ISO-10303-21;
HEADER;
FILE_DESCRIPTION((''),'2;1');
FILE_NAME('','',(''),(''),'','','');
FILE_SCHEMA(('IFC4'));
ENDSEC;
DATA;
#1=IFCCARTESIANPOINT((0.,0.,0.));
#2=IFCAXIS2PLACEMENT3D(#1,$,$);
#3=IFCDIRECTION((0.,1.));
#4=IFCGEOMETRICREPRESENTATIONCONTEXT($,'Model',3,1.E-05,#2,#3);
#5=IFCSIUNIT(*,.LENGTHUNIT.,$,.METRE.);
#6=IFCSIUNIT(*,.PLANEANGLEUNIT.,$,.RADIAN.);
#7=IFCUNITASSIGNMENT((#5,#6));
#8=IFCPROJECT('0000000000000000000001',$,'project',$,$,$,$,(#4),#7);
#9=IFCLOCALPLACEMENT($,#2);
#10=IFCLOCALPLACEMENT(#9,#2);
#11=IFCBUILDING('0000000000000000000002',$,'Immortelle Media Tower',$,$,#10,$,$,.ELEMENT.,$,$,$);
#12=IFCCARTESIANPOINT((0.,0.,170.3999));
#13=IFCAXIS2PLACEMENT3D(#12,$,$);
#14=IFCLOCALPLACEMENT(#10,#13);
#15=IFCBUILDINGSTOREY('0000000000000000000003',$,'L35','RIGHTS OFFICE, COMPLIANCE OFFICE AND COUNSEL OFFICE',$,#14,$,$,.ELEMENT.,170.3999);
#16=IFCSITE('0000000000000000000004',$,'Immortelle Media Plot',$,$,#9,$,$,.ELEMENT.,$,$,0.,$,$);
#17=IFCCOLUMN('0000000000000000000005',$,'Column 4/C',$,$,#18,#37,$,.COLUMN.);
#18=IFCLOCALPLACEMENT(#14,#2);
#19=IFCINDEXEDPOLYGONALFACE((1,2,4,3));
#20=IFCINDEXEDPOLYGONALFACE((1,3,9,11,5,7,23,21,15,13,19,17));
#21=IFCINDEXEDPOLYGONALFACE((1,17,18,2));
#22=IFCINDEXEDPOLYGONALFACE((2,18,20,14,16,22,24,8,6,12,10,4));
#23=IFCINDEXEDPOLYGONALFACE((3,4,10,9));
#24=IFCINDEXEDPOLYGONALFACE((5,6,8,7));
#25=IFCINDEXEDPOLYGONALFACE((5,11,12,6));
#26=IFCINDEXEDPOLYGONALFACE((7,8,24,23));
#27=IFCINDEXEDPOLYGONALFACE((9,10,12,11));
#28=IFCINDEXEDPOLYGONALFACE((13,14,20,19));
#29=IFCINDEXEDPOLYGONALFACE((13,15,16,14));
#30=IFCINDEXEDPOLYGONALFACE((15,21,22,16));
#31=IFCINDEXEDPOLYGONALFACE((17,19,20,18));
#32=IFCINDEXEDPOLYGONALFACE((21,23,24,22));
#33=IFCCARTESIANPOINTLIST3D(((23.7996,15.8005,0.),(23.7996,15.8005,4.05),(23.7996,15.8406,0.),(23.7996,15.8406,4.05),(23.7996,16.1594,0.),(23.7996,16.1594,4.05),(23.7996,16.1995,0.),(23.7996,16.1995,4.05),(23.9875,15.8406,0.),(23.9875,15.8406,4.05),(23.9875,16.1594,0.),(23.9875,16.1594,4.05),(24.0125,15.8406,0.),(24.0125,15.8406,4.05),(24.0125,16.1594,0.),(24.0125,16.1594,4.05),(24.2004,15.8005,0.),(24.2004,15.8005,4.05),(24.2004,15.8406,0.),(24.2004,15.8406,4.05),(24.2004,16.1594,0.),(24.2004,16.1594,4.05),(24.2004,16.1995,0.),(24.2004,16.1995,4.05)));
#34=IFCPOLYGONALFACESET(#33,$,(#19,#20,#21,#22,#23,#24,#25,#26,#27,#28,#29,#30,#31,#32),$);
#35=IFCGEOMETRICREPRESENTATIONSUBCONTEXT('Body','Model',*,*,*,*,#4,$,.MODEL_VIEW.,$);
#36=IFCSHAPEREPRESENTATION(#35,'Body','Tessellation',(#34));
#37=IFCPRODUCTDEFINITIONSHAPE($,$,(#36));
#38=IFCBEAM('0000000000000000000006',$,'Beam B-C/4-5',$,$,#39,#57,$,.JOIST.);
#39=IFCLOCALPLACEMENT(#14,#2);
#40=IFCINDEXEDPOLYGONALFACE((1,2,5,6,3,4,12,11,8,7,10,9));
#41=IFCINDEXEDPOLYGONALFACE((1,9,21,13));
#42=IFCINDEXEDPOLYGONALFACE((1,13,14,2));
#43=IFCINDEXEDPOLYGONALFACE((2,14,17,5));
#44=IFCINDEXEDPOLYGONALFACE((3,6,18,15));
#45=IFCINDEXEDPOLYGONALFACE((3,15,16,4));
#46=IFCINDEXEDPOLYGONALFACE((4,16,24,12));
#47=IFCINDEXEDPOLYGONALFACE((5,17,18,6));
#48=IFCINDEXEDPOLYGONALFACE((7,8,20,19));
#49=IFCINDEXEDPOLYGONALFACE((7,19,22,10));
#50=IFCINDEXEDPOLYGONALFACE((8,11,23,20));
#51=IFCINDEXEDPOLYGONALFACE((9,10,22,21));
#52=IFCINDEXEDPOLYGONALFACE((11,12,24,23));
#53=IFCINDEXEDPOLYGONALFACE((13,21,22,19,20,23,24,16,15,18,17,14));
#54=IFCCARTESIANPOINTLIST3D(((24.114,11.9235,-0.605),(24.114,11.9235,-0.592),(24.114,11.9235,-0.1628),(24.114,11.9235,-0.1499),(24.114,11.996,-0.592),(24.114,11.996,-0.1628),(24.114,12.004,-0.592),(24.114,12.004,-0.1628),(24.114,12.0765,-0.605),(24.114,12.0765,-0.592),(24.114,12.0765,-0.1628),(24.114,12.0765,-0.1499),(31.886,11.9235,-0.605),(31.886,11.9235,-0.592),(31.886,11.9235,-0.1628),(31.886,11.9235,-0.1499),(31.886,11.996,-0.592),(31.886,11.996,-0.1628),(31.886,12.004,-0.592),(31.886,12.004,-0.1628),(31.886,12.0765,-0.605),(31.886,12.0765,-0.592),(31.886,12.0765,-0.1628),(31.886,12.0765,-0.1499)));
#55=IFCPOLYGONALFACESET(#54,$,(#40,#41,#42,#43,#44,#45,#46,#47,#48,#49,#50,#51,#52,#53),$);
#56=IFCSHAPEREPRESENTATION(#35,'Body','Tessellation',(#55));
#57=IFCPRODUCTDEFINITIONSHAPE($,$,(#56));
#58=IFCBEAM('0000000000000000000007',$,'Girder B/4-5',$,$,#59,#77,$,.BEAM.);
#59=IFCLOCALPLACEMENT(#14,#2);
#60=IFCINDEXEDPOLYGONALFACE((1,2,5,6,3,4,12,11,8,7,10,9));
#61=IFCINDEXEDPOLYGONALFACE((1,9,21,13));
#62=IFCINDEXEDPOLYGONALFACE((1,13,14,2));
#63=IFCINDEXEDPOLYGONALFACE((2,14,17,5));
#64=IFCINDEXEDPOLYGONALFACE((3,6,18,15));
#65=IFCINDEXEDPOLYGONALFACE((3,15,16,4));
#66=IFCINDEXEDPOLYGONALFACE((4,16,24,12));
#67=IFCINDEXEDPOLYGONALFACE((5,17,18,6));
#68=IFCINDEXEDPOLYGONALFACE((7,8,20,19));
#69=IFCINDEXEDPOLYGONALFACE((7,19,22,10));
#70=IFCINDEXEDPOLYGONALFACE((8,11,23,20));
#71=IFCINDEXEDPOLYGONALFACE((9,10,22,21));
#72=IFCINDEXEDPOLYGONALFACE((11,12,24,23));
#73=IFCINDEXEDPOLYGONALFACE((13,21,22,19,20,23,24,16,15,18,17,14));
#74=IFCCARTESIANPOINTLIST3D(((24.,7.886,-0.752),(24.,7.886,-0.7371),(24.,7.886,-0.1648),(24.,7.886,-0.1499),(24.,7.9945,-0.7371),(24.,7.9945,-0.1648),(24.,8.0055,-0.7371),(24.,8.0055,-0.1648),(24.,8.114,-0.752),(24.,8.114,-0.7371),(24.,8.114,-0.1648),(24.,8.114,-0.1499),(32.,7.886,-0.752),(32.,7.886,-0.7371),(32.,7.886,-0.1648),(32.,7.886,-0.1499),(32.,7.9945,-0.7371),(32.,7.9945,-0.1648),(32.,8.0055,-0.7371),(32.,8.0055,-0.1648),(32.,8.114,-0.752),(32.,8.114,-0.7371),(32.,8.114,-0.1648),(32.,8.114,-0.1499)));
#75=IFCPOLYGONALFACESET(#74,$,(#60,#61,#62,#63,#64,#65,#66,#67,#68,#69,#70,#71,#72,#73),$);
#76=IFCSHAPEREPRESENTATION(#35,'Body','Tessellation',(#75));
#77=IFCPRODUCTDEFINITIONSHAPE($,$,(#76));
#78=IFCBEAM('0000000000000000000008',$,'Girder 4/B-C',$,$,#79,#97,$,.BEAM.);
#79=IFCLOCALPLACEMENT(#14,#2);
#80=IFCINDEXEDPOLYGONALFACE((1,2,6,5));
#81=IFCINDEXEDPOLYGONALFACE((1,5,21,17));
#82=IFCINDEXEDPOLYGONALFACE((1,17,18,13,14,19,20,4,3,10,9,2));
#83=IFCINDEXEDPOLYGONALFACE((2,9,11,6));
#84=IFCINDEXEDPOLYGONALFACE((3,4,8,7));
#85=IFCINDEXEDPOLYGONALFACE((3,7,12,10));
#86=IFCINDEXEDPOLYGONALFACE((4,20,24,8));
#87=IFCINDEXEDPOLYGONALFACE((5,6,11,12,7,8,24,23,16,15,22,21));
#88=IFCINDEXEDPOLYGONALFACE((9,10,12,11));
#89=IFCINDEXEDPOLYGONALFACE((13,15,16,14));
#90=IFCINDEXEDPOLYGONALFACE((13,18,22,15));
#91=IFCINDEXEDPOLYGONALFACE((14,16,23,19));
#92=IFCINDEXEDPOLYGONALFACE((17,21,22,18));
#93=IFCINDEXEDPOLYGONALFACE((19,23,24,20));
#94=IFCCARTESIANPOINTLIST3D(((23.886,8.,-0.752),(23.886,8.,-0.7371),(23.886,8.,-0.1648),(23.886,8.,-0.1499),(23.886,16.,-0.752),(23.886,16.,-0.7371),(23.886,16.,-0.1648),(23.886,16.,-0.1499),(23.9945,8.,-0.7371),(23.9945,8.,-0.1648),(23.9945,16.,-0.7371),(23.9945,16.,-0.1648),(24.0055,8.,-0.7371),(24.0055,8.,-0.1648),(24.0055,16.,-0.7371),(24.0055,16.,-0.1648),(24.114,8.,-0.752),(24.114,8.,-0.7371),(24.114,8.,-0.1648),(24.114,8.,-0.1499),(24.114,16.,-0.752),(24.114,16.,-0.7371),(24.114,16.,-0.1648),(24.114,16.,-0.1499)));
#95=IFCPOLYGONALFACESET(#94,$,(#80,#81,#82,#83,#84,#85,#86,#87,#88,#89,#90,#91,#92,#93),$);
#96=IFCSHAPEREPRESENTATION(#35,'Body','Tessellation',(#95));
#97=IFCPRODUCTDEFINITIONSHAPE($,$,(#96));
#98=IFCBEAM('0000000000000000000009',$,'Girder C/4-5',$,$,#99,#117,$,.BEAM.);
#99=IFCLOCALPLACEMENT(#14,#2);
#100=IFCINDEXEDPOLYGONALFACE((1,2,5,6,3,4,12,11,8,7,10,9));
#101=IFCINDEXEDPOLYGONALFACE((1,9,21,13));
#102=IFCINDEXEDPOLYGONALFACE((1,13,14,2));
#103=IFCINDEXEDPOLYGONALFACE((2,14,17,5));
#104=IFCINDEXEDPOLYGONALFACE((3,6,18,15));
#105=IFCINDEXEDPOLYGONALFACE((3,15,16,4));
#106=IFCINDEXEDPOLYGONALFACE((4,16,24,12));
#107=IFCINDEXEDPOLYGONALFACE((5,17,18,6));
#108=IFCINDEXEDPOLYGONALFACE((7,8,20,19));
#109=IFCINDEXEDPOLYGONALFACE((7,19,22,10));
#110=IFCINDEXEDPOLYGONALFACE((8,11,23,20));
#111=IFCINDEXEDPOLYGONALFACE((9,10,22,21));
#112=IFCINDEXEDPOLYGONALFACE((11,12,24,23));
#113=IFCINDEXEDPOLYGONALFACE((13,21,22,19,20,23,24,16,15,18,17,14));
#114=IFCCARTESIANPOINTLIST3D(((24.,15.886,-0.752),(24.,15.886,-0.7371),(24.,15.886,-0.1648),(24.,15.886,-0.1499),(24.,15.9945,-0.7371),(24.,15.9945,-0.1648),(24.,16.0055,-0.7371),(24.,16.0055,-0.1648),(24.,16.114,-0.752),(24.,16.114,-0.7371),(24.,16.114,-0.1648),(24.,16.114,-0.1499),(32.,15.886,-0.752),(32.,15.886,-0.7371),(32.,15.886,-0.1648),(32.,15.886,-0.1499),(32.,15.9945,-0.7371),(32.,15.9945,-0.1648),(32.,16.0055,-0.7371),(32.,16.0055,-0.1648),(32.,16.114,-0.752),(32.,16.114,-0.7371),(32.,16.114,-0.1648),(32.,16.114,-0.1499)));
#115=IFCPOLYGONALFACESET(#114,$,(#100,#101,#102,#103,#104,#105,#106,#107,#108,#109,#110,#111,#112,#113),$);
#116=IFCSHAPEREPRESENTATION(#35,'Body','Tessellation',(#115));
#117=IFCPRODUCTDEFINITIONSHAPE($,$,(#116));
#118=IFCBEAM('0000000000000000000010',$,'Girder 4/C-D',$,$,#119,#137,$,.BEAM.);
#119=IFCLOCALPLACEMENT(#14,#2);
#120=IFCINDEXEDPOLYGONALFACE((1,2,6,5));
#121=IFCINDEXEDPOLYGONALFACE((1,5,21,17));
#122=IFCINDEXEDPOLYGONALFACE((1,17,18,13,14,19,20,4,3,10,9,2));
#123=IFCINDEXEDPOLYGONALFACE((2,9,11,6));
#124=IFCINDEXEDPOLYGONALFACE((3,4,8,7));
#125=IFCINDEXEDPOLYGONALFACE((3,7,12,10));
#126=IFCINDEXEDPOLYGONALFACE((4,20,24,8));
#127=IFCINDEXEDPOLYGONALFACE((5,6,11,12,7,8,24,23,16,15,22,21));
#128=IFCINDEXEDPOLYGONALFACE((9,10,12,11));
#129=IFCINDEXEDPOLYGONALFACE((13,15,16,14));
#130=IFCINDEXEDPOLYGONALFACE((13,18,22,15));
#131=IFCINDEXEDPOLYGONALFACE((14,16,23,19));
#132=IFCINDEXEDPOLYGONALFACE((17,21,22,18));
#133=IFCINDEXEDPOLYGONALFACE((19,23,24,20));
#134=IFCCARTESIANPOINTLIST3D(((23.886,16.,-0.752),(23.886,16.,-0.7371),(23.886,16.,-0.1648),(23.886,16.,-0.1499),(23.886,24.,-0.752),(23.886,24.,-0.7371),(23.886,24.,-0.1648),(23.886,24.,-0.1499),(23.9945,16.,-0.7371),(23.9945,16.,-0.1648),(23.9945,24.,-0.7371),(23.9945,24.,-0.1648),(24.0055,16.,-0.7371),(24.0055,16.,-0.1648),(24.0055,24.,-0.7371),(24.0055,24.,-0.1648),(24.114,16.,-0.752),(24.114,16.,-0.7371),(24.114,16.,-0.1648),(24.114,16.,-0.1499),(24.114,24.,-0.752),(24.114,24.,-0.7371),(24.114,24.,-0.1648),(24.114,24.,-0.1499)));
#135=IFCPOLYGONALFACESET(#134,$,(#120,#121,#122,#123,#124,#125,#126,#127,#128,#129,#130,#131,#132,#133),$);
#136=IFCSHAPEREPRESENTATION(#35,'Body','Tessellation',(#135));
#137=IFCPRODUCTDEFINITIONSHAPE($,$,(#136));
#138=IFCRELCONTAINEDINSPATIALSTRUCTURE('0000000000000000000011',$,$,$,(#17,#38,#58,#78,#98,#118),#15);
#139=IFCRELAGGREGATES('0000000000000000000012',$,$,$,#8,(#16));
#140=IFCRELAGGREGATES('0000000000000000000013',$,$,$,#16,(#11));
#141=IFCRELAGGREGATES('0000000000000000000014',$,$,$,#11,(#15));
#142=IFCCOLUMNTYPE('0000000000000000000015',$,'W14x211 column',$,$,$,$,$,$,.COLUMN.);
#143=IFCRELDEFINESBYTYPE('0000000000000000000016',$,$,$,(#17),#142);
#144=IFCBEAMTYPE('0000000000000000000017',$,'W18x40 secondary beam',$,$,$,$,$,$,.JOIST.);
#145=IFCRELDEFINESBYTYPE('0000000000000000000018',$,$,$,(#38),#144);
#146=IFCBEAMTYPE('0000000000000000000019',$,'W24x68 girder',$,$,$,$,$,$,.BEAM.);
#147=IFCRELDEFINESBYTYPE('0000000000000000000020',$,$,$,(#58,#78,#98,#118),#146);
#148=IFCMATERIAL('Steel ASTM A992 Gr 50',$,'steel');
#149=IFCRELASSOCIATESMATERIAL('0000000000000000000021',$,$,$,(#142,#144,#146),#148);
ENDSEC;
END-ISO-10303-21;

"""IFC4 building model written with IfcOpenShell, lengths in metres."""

from ifc_helpers import new_model, si_unit, direction, frame, origin, origin_2d, place, context, subcontext, project, spatial, i_section, extrude, material, material_profile, profile_set, type_object, element, save


model = new_model("IFC4")

# Units and contexts
model_context = context("Model", 3, precision=1e-05, world=origin(), true_north=direction((0.0, 1.0)))
body_context = subcontext(model_context, "Body", "Model", "MODEL_VIEW")
ifc_project = project(units=[si_unit("LENGTHUNIT", "METRE"), si_unit("PLANEANGLEUNIT", "RADIAN")], contexts=[model_context])

# Site, building, storey
site_placement = place(None, origin())
site = spatial("IfcSite", under=ifc_project, at=site_placement, Name="Immortelle Media Plot", CompositionType="ELEMENT", RefElevation=0.0)
building_placement = place(site_placement, origin())
building = spatial("IfcBuilding", under=site, at=building_placement, Name="Immortelle Media Tower", CompositionType="ELEMENT")
storey_placement = place(building_placement, frame((0.0, 0.0, 170.3999)))
storey = spatial("IfcBuildingStorey", under=building, at=storey_placement, Name="L35", Description="RIGHTS OFFICE, COMPLIANCE OFFICE AND COUNSEL OFFICE", CompositionType="ELEMENT", Elevation=170.3999)

# Column
ifc_material_1 = material(Name="Steel ASTM A992 Gr 50", Category="steel")
ifc_material_profile_1 = material_profile(ifc_material_1, i_section(OverallWidth=0.4009, OverallDepth=0.3989, WebThickness=0.0249, FlangeThickness=0.04, at=origin_2d()), Name="W14x211")
ifc_profile_set_1 = profile_set([ifc_material_profile_1], Name="Steel ASTM A992 Gr 50")
column_type = type_object("IfcColumnType", Name="W14x211 column", PredefinedType="COLUMN", material=ifc_profile_set_1)
column_placement = place(storey_placement, frame((24.0, 16.0, 0.0), z_axis=(0.0, 0.0, 1.0), x_axis=(1.0, 0.0, 0.0)))
element("IfcColumn", 1, at=column_placement, inside=storey, type_object=column_type, Name="Column 4/C", PredefinedType="COLUMN", context=body_context, shape_type="SweptSolid", body=[
    extrude(i_section(OverallWidth=0.4009, OverallDepth=0.3989, WebThickness=0.0249, FlangeThickness=0.04, at=origin_2d()), origin(), (0.0, 0.0, 1.0), 4.05),
])

# Beams
ifc_material_profile_2 = material_profile(ifc_material_1, i_section(OverallWidth=0.1531, OverallDepth=0.4551, WebThickness=0.0081, FlangeThickness=0.0129, at=origin_2d()), Name="W18x40")
ifc_profile_set_2 = profile_set([ifc_material_profile_2], Name="Steel ASTM A992 Gr 50")
beam_type_1 = type_object("IfcBeamType", Name="W18x40 secondary beam", PredefinedType="JOIST", material=ifc_profile_set_2)
beam_placement = place(storey_placement, frame((24.114, 12.0, -0.3774), z_axis=(1.0, 0.0, 0.0), x_axis=(0.0, 1.0, 0.0)))
element("IfcBeam", 2, at=beam_placement, inside=storey, type_object=beam_type_1, Name="Beam B-C/4-5", PredefinedType="JOIST", context=body_context, shape_type="SweptSolid", body=[
    extrude(i_section(OverallWidth=0.1531, OverallDepth=0.4551, WebThickness=0.0081, FlangeThickness=0.0129, at=origin_2d()), origin(), (0.0, 0.0, 1.0), 7.772),
])
ifc_material_profile_3 = material_profile(ifc_material_1, i_section(OverallWidth=0.228, OverallDepth=0.6021, WebThickness=0.011, FlangeThickness=0.0149, at=origin_2d()), Name="W24x68")
ifc_profile_set_3 = profile_set([ifc_material_profile_3], Name="Steel ASTM A992 Gr 50")
beam_type_2 = type_object("IfcBeamType", Name="W24x68 girder", PredefinedType="BEAM", material=ifc_profile_set_3)
for number, where, z_axis, x_axis, name in (
    (3, (24.0, 8.0, -0.4509), (1.0, 0.0, 0.0), (0.0, 1.0, 0.0), "Girder B/4-5"),
    (4, (24.0, 8.0, -0.4509), (0.0, 1.0, 0.0), (-1.0, 0.0, 0.0), "Girder 4/B-C"),
    (5, (24.0, 16.0, -0.4509), (1.0, 0.0, 0.0), (0.0, 1.0, 0.0), "Girder C/4-5"),
    (6, (24.0, 16.0, -0.4509), (0.0, 1.0, 0.0), (-1.0, 0.0, 0.0), "Girder 4/C-D"),
):
    element("IfcBeam", number, at=place(storey_placement, frame(where, z_axis=z_axis, x_axis=x_axis)), inside=storey, type_object=beam_type_2, Name=name, PredefinedType="BEAM", context=body_context, shape_type="SweptSolid", body=[
        extrude(i_section(OverallWidth=0.228, OverallDepth=0.6021, WebThickness=0.011, FlangeThickness=0.0149, at=origin_2d()), origin(), (0.0, 0.0, 1.0), 8.0),
    ])

save(model, "model.ifc")
